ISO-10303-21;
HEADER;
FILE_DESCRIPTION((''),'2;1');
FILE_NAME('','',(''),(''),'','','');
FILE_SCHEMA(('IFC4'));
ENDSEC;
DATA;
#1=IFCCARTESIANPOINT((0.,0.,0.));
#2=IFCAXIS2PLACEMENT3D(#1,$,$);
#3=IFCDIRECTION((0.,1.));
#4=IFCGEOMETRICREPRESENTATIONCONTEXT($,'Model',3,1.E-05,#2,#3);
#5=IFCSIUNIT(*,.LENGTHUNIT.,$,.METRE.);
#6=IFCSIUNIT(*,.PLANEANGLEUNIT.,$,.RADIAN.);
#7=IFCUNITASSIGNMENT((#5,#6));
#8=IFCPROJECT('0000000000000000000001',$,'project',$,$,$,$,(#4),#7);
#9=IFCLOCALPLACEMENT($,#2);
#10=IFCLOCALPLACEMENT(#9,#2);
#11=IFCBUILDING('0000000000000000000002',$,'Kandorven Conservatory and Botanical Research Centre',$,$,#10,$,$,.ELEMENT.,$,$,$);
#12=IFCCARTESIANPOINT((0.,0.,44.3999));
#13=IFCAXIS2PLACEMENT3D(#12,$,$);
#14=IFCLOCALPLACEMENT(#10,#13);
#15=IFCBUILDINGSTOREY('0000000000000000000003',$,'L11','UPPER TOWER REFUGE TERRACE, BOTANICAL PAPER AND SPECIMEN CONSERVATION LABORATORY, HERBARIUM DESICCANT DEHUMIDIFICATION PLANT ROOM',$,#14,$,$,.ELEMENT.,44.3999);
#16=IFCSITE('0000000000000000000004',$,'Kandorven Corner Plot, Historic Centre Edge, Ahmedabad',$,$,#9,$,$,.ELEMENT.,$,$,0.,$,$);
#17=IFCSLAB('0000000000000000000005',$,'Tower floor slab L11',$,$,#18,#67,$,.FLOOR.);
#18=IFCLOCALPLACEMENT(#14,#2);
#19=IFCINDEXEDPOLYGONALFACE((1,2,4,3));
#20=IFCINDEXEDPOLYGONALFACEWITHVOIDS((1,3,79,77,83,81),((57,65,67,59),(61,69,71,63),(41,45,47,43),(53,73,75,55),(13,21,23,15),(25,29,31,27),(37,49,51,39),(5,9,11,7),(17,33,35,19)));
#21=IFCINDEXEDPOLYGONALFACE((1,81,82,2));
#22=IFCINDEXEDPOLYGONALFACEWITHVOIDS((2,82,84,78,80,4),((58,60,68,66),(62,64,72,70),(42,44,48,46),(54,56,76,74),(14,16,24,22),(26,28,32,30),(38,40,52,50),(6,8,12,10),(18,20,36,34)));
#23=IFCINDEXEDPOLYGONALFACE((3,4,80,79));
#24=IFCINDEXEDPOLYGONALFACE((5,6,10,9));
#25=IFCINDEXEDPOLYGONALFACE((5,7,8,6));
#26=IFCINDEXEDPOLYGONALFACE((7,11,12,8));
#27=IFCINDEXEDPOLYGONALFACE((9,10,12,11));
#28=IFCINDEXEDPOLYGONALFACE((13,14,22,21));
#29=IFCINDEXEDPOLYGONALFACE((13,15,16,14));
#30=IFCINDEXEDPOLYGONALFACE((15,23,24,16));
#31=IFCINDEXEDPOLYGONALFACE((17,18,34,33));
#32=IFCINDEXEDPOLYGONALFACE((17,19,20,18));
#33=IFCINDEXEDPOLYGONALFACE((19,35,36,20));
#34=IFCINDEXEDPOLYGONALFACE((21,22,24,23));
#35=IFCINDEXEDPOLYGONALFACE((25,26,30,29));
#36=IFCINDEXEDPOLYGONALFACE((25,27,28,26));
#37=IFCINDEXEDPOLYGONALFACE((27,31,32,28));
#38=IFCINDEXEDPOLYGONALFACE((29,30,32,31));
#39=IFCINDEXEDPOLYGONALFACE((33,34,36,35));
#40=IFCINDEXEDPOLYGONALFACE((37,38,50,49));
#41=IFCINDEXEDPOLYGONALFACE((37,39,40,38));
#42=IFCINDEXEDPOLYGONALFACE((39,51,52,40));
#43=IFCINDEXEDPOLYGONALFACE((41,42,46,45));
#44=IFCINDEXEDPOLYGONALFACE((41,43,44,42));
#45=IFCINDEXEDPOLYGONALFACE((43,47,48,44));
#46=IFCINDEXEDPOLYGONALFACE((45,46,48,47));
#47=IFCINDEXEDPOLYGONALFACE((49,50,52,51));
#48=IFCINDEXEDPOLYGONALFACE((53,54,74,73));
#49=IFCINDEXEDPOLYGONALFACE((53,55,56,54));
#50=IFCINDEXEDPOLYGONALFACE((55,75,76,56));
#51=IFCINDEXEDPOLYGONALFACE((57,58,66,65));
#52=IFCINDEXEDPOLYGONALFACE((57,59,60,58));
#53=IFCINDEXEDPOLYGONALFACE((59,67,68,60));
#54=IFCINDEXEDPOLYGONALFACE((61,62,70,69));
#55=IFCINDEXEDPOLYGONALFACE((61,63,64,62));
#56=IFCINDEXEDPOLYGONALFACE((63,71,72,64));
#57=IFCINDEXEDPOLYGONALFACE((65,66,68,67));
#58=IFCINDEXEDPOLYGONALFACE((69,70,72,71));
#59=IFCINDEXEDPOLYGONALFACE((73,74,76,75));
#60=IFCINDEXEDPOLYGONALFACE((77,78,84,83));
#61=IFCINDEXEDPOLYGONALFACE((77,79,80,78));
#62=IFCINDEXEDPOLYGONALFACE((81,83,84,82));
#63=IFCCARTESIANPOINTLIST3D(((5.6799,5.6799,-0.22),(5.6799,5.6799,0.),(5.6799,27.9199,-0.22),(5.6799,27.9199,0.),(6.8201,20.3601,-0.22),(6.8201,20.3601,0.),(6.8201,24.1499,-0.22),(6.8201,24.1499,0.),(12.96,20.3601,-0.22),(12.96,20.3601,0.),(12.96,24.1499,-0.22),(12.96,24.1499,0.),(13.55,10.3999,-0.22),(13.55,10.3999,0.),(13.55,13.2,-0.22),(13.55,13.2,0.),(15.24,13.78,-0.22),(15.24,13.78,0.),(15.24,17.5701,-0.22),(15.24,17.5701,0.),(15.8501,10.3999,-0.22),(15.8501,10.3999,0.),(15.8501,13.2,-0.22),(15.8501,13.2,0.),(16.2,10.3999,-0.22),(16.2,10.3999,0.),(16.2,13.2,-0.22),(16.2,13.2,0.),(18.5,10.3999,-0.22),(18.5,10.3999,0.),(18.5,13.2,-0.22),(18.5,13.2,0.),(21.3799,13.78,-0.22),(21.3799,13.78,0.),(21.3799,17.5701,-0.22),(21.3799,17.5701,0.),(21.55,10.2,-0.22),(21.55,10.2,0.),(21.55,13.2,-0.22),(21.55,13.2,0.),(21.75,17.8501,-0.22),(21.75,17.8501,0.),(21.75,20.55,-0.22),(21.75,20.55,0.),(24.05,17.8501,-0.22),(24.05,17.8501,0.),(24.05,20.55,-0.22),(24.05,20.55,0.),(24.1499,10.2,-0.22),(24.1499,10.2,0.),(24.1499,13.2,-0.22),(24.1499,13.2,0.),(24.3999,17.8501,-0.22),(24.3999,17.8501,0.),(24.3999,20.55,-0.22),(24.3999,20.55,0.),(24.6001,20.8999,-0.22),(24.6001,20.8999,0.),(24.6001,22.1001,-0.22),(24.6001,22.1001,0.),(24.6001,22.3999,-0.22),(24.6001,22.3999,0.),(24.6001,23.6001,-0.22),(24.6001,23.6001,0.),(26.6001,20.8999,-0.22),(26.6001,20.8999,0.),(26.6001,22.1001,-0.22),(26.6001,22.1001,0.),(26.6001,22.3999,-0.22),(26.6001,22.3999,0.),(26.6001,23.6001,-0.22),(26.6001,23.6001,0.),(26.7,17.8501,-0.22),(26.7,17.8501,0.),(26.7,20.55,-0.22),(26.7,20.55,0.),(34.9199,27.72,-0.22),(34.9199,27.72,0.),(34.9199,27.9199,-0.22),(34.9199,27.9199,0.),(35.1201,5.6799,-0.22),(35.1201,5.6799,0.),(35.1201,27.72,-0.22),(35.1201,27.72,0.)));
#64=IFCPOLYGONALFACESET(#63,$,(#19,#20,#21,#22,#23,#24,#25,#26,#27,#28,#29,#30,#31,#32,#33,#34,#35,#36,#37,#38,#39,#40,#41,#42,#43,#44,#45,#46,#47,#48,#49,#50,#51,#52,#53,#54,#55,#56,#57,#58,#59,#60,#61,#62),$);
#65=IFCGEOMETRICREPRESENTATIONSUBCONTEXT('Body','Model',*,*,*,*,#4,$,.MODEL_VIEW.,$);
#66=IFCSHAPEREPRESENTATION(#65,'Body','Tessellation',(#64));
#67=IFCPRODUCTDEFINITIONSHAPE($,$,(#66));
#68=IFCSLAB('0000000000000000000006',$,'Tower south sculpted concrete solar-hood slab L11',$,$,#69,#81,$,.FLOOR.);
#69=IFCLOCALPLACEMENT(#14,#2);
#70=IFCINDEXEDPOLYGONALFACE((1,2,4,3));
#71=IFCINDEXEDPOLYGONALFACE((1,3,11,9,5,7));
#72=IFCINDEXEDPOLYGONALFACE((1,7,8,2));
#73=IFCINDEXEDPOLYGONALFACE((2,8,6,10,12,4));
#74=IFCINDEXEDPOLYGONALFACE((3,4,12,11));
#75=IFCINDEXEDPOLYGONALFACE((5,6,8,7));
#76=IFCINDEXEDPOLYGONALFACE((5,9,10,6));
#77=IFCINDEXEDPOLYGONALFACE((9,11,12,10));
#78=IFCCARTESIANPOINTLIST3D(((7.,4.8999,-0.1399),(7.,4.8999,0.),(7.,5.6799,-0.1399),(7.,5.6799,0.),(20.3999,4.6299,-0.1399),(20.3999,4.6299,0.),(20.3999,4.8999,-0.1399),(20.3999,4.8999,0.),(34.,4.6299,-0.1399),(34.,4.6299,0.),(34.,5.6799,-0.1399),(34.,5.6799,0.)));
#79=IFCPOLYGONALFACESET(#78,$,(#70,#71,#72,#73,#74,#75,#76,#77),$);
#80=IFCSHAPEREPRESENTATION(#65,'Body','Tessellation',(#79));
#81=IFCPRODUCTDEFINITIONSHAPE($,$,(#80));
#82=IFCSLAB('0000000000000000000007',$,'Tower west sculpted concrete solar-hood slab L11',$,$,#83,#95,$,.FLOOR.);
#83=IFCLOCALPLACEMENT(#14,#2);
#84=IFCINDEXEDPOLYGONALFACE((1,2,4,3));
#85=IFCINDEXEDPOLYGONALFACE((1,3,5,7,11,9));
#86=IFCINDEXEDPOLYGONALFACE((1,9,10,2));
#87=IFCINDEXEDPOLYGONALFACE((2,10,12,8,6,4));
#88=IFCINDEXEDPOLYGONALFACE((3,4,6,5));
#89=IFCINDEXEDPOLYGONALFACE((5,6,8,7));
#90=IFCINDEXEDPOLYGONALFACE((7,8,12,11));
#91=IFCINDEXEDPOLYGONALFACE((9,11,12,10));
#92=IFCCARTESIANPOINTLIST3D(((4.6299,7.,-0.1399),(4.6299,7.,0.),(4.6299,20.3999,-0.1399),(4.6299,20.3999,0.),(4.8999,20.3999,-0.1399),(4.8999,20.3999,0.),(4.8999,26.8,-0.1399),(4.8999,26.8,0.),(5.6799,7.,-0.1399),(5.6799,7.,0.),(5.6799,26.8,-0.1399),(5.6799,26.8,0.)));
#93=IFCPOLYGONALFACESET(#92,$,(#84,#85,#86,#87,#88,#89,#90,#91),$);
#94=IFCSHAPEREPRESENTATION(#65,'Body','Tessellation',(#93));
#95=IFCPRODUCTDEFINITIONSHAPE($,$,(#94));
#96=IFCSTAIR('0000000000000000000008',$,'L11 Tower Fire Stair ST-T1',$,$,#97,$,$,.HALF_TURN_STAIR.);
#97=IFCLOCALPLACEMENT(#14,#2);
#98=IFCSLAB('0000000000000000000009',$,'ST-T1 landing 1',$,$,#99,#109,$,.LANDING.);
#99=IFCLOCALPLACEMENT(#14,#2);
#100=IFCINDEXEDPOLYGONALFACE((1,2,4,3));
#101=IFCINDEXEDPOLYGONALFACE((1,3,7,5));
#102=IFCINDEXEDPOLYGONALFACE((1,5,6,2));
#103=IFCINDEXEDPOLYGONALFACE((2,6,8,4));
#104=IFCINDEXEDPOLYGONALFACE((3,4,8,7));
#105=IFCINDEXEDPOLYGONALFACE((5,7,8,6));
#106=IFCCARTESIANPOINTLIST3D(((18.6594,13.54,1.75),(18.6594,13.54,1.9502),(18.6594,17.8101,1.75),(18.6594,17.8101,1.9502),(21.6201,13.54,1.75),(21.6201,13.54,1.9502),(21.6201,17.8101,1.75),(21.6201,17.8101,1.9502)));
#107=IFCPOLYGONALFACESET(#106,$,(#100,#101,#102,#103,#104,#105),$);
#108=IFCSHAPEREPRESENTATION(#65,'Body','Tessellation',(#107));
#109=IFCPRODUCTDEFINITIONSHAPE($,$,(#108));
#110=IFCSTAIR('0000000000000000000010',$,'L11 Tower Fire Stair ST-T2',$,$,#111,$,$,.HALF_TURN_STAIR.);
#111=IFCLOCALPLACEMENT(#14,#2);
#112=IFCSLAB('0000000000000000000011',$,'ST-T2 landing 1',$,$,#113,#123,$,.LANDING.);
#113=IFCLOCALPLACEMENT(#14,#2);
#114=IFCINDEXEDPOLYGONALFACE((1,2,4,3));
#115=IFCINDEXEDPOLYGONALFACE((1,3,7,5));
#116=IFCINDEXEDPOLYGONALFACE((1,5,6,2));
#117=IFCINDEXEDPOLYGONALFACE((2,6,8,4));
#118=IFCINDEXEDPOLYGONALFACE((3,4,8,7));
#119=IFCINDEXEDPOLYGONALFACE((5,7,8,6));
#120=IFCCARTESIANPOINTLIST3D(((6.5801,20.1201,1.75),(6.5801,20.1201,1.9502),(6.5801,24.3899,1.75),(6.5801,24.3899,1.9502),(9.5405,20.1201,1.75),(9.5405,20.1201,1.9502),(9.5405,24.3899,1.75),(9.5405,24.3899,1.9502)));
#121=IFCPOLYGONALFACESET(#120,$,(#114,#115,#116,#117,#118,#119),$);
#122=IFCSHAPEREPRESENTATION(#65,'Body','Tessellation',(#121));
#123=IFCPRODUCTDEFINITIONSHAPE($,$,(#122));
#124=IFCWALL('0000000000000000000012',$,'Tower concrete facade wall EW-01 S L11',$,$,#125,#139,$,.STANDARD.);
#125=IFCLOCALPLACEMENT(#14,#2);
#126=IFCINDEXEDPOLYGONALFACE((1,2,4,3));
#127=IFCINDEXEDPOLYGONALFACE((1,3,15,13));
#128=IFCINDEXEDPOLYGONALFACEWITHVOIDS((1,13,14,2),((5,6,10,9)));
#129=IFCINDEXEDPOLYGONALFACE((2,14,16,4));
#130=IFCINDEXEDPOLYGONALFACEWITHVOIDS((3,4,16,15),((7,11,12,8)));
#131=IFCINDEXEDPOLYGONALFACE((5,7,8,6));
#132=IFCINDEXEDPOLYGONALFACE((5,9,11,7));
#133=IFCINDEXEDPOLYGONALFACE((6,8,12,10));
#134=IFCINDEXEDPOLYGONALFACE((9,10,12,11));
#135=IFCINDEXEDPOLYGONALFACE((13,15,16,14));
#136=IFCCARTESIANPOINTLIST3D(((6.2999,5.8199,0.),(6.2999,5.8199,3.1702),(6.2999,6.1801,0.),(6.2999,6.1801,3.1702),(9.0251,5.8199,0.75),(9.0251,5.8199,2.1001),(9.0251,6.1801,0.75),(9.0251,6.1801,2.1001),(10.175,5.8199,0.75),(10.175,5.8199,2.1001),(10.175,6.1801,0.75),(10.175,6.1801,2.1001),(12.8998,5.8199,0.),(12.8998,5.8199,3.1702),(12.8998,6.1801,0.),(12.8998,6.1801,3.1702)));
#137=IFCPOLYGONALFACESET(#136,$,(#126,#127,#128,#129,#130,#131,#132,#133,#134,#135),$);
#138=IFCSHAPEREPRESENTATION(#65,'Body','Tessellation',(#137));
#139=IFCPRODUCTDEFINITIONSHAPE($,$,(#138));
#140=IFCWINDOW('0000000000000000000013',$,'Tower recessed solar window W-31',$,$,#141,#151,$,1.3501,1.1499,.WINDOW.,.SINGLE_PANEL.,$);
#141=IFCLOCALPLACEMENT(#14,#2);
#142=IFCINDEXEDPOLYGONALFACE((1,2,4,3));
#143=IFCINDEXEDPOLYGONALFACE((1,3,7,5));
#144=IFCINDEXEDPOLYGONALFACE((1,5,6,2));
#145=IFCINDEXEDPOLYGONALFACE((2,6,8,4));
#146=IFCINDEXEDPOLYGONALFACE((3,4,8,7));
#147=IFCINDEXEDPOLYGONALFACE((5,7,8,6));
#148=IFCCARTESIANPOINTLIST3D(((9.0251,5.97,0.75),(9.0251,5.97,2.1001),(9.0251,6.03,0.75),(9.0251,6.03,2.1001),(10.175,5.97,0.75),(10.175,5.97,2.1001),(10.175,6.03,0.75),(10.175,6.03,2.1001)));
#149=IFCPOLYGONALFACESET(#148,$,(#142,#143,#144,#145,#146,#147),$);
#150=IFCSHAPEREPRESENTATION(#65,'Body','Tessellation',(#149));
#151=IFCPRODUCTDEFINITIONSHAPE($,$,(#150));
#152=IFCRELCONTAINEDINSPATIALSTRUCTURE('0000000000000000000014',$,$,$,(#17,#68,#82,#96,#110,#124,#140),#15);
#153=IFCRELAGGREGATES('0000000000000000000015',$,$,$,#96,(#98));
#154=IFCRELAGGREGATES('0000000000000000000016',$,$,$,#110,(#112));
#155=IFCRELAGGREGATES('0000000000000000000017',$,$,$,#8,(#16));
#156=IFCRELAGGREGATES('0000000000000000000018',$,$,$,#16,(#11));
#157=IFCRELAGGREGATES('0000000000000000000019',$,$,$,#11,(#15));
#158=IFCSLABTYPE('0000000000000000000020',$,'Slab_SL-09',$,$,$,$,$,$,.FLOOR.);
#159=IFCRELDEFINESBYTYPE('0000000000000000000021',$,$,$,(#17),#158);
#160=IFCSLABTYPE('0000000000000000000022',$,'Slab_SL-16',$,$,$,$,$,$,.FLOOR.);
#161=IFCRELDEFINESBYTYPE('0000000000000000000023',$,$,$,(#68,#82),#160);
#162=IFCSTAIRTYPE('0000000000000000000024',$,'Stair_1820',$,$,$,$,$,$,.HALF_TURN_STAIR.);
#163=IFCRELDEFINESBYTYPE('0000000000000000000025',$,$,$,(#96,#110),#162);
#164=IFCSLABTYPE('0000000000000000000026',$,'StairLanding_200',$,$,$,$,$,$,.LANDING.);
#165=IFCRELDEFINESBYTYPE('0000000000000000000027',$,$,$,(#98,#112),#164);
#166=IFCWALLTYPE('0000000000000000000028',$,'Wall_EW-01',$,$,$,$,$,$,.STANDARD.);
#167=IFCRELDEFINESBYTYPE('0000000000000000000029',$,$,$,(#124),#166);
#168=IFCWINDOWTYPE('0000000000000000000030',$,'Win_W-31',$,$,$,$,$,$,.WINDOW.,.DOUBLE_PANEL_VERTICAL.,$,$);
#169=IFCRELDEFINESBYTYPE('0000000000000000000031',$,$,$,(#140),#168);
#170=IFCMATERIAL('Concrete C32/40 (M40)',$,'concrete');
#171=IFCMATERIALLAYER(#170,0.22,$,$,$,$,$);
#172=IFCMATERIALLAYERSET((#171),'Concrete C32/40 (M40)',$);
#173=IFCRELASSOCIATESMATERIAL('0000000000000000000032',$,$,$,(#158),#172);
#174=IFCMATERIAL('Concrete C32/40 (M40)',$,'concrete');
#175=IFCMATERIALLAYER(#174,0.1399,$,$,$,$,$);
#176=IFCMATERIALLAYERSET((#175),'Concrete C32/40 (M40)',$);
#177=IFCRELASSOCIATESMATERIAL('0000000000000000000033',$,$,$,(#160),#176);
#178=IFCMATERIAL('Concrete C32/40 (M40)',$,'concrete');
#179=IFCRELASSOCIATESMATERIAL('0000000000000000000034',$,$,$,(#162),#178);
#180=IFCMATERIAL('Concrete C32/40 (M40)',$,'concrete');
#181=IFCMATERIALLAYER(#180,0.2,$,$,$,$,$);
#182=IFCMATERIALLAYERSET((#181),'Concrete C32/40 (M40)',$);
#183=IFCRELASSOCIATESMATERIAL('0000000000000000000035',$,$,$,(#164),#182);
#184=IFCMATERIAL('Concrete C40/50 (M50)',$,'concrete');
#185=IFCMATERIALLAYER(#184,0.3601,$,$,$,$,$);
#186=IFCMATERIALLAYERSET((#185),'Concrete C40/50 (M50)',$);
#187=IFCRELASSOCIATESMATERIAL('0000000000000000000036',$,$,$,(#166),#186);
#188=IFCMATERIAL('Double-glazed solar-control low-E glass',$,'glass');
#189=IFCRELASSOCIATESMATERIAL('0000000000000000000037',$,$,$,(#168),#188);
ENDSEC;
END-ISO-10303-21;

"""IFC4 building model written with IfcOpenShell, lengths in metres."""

from ifc_helpers import new_model, si_unit, direction, frame, frame_2d, origin, place, context, subcontext, project, spatial, polyline, rectangle, outline, extrude, material, layer, layer_set, type_object, element, fill, aggregate, save


model = new_model("IFC4")

# Units and contexts
model_context = context("Model", 3, precision=1e-05, world=origin(), true_north=direction((0.0, 1.0)))
body_context = subcontext(model_context, "Body", "Model", "MODEL_VIEW")
ifc_project = project(units=[si_unit("LENGTHUNIT", "METRE"), si_unit("PLANEANGLEUNIT", "RADIAN")], contexts=[model_context])

# Site, building, storey
site_placement = place(None, origin())
site = spatial("IfcSite", under=ifc_project, at=site_placement, Name="Kandorven Corner Plot, Historic Centre Edge, Ahmedabad", CompositionType="ELEMENT", RefElevation=0.0)
building_placement = place(site_placement, origin())
building = spatial("IfcBuilding", under=site, at=building_placement, Name="Kandorven Conservatory and Botanical Research Centre", CompositionType="ELEMENT")
storey_placement = place(building_placement, frame((0.0, 0.0, 44.3999)))
storey = spatial("IfcBuildingStorey", under=building, at=storey_placement, Name="L11", Description="UPPER TOWER REFUGE TERRACE, BOTANICAL PAPER AND SPECIMEN CONSERVATION LABORATORY, HERBARIUM DESICCANT DEHUMIDIFICATION PLANT ROOM", CompositionType="ELEMENT", Elevation=44.3999)

# Slabs
ifc_material_1 = material(Name="Concrete C32/40 (M40)", Category="concrete")
ifc_layer_1 = layer(ifc_material_1, 0.22)
ifc_layer_set_1 = layer_set([ifc_layer_1], Name="Concrete C32/40 (M40)")
slab_type_1 = type_object("IfcSlabType", Name="Slab_SL-09", PredefinedType="FLOOR", material=ifc_layer_set_1)
slab_1_placement = place(storey_placement, frame((0.0, 0.0, -0.22)))
element("IfcSlab", 1, at=slab_1_placement, inside=storey, type_object=slab_type_1, Name="Tower floor slab L11", PredefinedType="FLOOR", context=body_context, shape_type="SweptSolid", body=[
    extrude(outline(polyline([(5.6799, 5.6799), (35.1201, 5.6799), (35.1201, 27.72), (34.9199, 27.72), (34.9199, 27.9199), (5.6799, 27.9199), (5.6799, 5.6799)]), holes=[polyline([(15.24, 13.78), (21.3799, 13.78), (21.3799, 17.5701), (15.24, 17.5701), (15.24, 13.78)]), polyline([(12.96, 24.1499), (6.8201, 24.1499), (6.8201, 20.3601), (12.96, 20.3601), (12.96, 24.1499)]), polyline([(21.75, 17.8501), (24.05, 17.8501), (24.05, 20.55), (21.75, 20.55), (21.75, 17.8501)]), polyline([(24.3999, 17.8501), (26.7, 17.8501), (26.7, 20.55), (24.3999, 20.55), (24.3999, 17.8501)]), polyline([(13.55, 10.3999), (15.8501, 10.3999), (15.8501, 13.2), (13.55, 13.2), (13.55, 10.3999)]), polyline([(16.2, 10.3999), (18.5, 10.3999), (18.5, 13.2), (16.2, 13.2), (16.2, 10.3999)]), polyline([(21.55, 10.2), (24.1499, 10.2), (24.1499, 13.2), (21.55, 13.2), (21.55, 10.2)]), polyline([(24.6001, 20.8999), (26.6001, 20.8999), (26.6001, 22.1001), (24.6001, 22.1001), (24.6001, 20.8999)]), polyline([(24.6001, 22.3999), (26.6001, 22.3999), (26.6001, 23.6001), (24.6001, 23.6001), (24.6001, 22.3999)])]), origin(), (0.0, 0.0, 1.0), 0.22),
])
ifc_material_2 = material(Name="Concrete C32/40 (M40)", Category="concrete")
ifc_layer_2 = layer(ifc_material_2, 0.1399)
ifc_layer_set_2 = layer_set([ifc_layer_2], Name="Concrete C32/40 (M40)")
slab_type_2 = type_object("IfcSlabType", Name="Slab_SL-16", PredefinedType="FLOOR", material=ifc_layer_set_2)
slab_2_placement = place(storey_placement, frame((0.0, 0.0, -0.1399)))
element("IfcSlab", 2, at=slab_2_placement, inside=storey, type_object=slab_type_2, Name="Tower south sculpted concrete solar-hood slab L11", PredefinedType="FLOOR", context=body_context, shape_type="SweptSolid", body=[
    extrude(outline(polyline([(7.0, 5.6799), (34.0, 5.6799), (34.0, 4.6299), (20.3999, 4.6299), (20.3999, 4.8999), (7.0, 4.8999), (7.0, 5.6799)])), origin(), (0.0, 0.0, 1.0), 0.1399),
])
slab_3_placement = place(storey_placement, frame((0.0, 0.0, -0.1399)))
element("IfcSlab", 3, at=slab_3_placement, inside=storey, type_object=slab_type_2, Name="Tower west sculpted concrete solar-hood slab L11", PredefinedType="FLOOR", context=body_context, shape_type="SweptSolid", body=[
    extrude(outline(polyline([(4.6299, 7.0), (5.6799, 7.0), (5.6799, 26.8), (4.8999, 26.8), (4.8999, 20.3999), (4.6299, 20.3999), (4.6299, 7.0)])), origin(), (0.0, 0.0, 1.0), 0.1399),
])

# Stairs, slabs
ifc_material_3 = material(Name="Concrete C32/40 (M40)", Category="concrete")
stair_type = type_object("IfcStairType", Name="Stair_1820", PredefinedType="HALF_TURN_STAIR", material=ifc_material_3)
stair_1_placement = place(storey_placement, origin())
stair_1 = element("IfcStair", 4, at=stair_1_placement, inside=storey, type_object=stair_type, Name="L11 Tower Fire Stair ST-T1", PredefinedType="HALF_TURN_STAIR")
ifc_material_4 = material(Name="Concrete C32/40 (M40)", Category="concrete")
ifc_layer_3 = layer(ifc_material_4, 0.2)
ifc_layer_set_3 = layer_set([ifc_layer_3], Name="Concrete C32/40 (M40)")
slab_type_3 = type_object("IfcSlabType", Name="StairLanding_200", PredefinedType="LANDING", material=ifc_layer_set_3)
slab_4_placement = place(storey_placement, frame((0.0, 0.0, 1.75)))
slab_4 = element("IfcSlab", 5, at=slab_4_placement, type_object=slab_type_3, Name="ST-T1 landing 1", PredefinedType="LANDING", context=body_context, shape_type="SweptSolid", body=[
    extrude(outline(polyline([(18.6594, 13.54), (21.6201, 13.54), (21.6201, 17.8101), (18.6594, 17.8101), (18.6594, 13.54)])), origin(), (0.0, 0.0, 1.0), 0.2002),
])
aggregate(stair_1, [slab_4])
stair_2_placement = place(storey_placement, origin())
stair_2 = element("IfcStair", 6, at=stair_2_placement, inside=storey, type_object=stair_type, Name="L11 Tower Fire Stair ST-T2", PredefinedType="HALF_TURN_STAIR")
slab_5_placement = place(storey_placement, frame((0.0, 0.0, 1.75)))
slab_5 = element("IfcSlab", 7, at=slab_5_placement, type_object=slab_type_3, Name="ST-T2 landing 1", PredefinedType="LANDING", context=body_context, shape_type="SweptSolid", body=[
    extrude(outline(polyline([(9.5405, 24.3899), (6.5801, 24.3899), (6.5801, 20.1201), (9.5405, 20.1201), (9.5405, 24.3899)])), origin(), (0.0, 0.0, 1.0), 0.2002),
])
aggregate(stair_2, [slab_5])

# Wall, opening, window
ifc_material_5 = material(Name="Concrete C40/50 (M50)", Category="concrete")
ifc_layer_4 = layer(ifc_material_5, 0.3601)
ifc_layer_set_4 = layer_set([ifc_layer_4], Name="Concrete C40/50 (M50)")
wall_type_1 = type_object("IfcWallType", Name="Wall_EW-01", PredefinedType="STANDARD", material=ifc_layer_set_4)
wall_1_placement = place(storey_placement, frame((6.3, 6.0, 0.0), z_axis=(0.0, 0.0, 1.0), x_axis=(1.0, 0.0, 0.0)))
wall_1 = element("IfcWall", 8, at=wall_1_placement, inside=storey, type_object=wall_type_1, Name="Tower concrete facade wall EW-01 S L11", PredefinedType="STANDARD", context=body_context, shape_type="SweptSolid", body=[
    extrude(rectangle(XDim=6.5999, YDim=0.3601, at=frame_2d((3.2998, 0.0))), origin(), (0.0, 0.0, 1.0), 3.1702),
])
opening_1_placement = place(wall_1_placement, frame((2.7251, 0.0, 0.75)))
opening_1 = element("IfcOpeningElement", 9, at=opening_1_placement, cuts=wall_1, PredefinedType="OPENING", context=body_context, shape_type="SweptSolid", body=[
    extrude(rectangle(XDim=1.1499, YDim=1.3501, at=frame_2d((0.575, 0.675))), frame((0.0, 0.1899, 0.0), z_axis=(0.0, -1.0, 0.0), x_axis=(1.0, 0.0, 0.0)), (0.0, 0.0, 1.0), 0.3801),
])
ifc_material_6 = material(Name="Double-glazed solar-control low-E glass", Category="glass")
window_type_1 = type_object("IfcWindowType", Name="Win_W-31", PartitioningType="DOUBLE_PANEL_VERTICAL", PredefinedType="WINDOW", material=ifc_material_6)
window_1_placement = place(opening_1_placement, origin())
window_1 = element("IfcWindow", 10, at=window_1_placement, inside=storey, type_object=window_type_1, Name="Tower recessed solar window W-31", OverallHeight=1.3501, OverallWidth=1.1499, PartitioningType="SINGLE_PANEL", PredefinedType="WINDOW", context=body_context, shape_type="SweptSolid", body=[
    extrude(rectangle(XDim=1.1499, YDim=1.3501, at=frame_2d((0.575, 0.675))), frame((0.0, 0.03, 0.0), z_axis=(0.0, -1.0, 0.0), x_axis=(1.0, 0.0, 0.0)), (0.0, 0.0, 1.0), 0.0601),
])
fill(opening_1, window_1)

save(model, "model.ifc")
